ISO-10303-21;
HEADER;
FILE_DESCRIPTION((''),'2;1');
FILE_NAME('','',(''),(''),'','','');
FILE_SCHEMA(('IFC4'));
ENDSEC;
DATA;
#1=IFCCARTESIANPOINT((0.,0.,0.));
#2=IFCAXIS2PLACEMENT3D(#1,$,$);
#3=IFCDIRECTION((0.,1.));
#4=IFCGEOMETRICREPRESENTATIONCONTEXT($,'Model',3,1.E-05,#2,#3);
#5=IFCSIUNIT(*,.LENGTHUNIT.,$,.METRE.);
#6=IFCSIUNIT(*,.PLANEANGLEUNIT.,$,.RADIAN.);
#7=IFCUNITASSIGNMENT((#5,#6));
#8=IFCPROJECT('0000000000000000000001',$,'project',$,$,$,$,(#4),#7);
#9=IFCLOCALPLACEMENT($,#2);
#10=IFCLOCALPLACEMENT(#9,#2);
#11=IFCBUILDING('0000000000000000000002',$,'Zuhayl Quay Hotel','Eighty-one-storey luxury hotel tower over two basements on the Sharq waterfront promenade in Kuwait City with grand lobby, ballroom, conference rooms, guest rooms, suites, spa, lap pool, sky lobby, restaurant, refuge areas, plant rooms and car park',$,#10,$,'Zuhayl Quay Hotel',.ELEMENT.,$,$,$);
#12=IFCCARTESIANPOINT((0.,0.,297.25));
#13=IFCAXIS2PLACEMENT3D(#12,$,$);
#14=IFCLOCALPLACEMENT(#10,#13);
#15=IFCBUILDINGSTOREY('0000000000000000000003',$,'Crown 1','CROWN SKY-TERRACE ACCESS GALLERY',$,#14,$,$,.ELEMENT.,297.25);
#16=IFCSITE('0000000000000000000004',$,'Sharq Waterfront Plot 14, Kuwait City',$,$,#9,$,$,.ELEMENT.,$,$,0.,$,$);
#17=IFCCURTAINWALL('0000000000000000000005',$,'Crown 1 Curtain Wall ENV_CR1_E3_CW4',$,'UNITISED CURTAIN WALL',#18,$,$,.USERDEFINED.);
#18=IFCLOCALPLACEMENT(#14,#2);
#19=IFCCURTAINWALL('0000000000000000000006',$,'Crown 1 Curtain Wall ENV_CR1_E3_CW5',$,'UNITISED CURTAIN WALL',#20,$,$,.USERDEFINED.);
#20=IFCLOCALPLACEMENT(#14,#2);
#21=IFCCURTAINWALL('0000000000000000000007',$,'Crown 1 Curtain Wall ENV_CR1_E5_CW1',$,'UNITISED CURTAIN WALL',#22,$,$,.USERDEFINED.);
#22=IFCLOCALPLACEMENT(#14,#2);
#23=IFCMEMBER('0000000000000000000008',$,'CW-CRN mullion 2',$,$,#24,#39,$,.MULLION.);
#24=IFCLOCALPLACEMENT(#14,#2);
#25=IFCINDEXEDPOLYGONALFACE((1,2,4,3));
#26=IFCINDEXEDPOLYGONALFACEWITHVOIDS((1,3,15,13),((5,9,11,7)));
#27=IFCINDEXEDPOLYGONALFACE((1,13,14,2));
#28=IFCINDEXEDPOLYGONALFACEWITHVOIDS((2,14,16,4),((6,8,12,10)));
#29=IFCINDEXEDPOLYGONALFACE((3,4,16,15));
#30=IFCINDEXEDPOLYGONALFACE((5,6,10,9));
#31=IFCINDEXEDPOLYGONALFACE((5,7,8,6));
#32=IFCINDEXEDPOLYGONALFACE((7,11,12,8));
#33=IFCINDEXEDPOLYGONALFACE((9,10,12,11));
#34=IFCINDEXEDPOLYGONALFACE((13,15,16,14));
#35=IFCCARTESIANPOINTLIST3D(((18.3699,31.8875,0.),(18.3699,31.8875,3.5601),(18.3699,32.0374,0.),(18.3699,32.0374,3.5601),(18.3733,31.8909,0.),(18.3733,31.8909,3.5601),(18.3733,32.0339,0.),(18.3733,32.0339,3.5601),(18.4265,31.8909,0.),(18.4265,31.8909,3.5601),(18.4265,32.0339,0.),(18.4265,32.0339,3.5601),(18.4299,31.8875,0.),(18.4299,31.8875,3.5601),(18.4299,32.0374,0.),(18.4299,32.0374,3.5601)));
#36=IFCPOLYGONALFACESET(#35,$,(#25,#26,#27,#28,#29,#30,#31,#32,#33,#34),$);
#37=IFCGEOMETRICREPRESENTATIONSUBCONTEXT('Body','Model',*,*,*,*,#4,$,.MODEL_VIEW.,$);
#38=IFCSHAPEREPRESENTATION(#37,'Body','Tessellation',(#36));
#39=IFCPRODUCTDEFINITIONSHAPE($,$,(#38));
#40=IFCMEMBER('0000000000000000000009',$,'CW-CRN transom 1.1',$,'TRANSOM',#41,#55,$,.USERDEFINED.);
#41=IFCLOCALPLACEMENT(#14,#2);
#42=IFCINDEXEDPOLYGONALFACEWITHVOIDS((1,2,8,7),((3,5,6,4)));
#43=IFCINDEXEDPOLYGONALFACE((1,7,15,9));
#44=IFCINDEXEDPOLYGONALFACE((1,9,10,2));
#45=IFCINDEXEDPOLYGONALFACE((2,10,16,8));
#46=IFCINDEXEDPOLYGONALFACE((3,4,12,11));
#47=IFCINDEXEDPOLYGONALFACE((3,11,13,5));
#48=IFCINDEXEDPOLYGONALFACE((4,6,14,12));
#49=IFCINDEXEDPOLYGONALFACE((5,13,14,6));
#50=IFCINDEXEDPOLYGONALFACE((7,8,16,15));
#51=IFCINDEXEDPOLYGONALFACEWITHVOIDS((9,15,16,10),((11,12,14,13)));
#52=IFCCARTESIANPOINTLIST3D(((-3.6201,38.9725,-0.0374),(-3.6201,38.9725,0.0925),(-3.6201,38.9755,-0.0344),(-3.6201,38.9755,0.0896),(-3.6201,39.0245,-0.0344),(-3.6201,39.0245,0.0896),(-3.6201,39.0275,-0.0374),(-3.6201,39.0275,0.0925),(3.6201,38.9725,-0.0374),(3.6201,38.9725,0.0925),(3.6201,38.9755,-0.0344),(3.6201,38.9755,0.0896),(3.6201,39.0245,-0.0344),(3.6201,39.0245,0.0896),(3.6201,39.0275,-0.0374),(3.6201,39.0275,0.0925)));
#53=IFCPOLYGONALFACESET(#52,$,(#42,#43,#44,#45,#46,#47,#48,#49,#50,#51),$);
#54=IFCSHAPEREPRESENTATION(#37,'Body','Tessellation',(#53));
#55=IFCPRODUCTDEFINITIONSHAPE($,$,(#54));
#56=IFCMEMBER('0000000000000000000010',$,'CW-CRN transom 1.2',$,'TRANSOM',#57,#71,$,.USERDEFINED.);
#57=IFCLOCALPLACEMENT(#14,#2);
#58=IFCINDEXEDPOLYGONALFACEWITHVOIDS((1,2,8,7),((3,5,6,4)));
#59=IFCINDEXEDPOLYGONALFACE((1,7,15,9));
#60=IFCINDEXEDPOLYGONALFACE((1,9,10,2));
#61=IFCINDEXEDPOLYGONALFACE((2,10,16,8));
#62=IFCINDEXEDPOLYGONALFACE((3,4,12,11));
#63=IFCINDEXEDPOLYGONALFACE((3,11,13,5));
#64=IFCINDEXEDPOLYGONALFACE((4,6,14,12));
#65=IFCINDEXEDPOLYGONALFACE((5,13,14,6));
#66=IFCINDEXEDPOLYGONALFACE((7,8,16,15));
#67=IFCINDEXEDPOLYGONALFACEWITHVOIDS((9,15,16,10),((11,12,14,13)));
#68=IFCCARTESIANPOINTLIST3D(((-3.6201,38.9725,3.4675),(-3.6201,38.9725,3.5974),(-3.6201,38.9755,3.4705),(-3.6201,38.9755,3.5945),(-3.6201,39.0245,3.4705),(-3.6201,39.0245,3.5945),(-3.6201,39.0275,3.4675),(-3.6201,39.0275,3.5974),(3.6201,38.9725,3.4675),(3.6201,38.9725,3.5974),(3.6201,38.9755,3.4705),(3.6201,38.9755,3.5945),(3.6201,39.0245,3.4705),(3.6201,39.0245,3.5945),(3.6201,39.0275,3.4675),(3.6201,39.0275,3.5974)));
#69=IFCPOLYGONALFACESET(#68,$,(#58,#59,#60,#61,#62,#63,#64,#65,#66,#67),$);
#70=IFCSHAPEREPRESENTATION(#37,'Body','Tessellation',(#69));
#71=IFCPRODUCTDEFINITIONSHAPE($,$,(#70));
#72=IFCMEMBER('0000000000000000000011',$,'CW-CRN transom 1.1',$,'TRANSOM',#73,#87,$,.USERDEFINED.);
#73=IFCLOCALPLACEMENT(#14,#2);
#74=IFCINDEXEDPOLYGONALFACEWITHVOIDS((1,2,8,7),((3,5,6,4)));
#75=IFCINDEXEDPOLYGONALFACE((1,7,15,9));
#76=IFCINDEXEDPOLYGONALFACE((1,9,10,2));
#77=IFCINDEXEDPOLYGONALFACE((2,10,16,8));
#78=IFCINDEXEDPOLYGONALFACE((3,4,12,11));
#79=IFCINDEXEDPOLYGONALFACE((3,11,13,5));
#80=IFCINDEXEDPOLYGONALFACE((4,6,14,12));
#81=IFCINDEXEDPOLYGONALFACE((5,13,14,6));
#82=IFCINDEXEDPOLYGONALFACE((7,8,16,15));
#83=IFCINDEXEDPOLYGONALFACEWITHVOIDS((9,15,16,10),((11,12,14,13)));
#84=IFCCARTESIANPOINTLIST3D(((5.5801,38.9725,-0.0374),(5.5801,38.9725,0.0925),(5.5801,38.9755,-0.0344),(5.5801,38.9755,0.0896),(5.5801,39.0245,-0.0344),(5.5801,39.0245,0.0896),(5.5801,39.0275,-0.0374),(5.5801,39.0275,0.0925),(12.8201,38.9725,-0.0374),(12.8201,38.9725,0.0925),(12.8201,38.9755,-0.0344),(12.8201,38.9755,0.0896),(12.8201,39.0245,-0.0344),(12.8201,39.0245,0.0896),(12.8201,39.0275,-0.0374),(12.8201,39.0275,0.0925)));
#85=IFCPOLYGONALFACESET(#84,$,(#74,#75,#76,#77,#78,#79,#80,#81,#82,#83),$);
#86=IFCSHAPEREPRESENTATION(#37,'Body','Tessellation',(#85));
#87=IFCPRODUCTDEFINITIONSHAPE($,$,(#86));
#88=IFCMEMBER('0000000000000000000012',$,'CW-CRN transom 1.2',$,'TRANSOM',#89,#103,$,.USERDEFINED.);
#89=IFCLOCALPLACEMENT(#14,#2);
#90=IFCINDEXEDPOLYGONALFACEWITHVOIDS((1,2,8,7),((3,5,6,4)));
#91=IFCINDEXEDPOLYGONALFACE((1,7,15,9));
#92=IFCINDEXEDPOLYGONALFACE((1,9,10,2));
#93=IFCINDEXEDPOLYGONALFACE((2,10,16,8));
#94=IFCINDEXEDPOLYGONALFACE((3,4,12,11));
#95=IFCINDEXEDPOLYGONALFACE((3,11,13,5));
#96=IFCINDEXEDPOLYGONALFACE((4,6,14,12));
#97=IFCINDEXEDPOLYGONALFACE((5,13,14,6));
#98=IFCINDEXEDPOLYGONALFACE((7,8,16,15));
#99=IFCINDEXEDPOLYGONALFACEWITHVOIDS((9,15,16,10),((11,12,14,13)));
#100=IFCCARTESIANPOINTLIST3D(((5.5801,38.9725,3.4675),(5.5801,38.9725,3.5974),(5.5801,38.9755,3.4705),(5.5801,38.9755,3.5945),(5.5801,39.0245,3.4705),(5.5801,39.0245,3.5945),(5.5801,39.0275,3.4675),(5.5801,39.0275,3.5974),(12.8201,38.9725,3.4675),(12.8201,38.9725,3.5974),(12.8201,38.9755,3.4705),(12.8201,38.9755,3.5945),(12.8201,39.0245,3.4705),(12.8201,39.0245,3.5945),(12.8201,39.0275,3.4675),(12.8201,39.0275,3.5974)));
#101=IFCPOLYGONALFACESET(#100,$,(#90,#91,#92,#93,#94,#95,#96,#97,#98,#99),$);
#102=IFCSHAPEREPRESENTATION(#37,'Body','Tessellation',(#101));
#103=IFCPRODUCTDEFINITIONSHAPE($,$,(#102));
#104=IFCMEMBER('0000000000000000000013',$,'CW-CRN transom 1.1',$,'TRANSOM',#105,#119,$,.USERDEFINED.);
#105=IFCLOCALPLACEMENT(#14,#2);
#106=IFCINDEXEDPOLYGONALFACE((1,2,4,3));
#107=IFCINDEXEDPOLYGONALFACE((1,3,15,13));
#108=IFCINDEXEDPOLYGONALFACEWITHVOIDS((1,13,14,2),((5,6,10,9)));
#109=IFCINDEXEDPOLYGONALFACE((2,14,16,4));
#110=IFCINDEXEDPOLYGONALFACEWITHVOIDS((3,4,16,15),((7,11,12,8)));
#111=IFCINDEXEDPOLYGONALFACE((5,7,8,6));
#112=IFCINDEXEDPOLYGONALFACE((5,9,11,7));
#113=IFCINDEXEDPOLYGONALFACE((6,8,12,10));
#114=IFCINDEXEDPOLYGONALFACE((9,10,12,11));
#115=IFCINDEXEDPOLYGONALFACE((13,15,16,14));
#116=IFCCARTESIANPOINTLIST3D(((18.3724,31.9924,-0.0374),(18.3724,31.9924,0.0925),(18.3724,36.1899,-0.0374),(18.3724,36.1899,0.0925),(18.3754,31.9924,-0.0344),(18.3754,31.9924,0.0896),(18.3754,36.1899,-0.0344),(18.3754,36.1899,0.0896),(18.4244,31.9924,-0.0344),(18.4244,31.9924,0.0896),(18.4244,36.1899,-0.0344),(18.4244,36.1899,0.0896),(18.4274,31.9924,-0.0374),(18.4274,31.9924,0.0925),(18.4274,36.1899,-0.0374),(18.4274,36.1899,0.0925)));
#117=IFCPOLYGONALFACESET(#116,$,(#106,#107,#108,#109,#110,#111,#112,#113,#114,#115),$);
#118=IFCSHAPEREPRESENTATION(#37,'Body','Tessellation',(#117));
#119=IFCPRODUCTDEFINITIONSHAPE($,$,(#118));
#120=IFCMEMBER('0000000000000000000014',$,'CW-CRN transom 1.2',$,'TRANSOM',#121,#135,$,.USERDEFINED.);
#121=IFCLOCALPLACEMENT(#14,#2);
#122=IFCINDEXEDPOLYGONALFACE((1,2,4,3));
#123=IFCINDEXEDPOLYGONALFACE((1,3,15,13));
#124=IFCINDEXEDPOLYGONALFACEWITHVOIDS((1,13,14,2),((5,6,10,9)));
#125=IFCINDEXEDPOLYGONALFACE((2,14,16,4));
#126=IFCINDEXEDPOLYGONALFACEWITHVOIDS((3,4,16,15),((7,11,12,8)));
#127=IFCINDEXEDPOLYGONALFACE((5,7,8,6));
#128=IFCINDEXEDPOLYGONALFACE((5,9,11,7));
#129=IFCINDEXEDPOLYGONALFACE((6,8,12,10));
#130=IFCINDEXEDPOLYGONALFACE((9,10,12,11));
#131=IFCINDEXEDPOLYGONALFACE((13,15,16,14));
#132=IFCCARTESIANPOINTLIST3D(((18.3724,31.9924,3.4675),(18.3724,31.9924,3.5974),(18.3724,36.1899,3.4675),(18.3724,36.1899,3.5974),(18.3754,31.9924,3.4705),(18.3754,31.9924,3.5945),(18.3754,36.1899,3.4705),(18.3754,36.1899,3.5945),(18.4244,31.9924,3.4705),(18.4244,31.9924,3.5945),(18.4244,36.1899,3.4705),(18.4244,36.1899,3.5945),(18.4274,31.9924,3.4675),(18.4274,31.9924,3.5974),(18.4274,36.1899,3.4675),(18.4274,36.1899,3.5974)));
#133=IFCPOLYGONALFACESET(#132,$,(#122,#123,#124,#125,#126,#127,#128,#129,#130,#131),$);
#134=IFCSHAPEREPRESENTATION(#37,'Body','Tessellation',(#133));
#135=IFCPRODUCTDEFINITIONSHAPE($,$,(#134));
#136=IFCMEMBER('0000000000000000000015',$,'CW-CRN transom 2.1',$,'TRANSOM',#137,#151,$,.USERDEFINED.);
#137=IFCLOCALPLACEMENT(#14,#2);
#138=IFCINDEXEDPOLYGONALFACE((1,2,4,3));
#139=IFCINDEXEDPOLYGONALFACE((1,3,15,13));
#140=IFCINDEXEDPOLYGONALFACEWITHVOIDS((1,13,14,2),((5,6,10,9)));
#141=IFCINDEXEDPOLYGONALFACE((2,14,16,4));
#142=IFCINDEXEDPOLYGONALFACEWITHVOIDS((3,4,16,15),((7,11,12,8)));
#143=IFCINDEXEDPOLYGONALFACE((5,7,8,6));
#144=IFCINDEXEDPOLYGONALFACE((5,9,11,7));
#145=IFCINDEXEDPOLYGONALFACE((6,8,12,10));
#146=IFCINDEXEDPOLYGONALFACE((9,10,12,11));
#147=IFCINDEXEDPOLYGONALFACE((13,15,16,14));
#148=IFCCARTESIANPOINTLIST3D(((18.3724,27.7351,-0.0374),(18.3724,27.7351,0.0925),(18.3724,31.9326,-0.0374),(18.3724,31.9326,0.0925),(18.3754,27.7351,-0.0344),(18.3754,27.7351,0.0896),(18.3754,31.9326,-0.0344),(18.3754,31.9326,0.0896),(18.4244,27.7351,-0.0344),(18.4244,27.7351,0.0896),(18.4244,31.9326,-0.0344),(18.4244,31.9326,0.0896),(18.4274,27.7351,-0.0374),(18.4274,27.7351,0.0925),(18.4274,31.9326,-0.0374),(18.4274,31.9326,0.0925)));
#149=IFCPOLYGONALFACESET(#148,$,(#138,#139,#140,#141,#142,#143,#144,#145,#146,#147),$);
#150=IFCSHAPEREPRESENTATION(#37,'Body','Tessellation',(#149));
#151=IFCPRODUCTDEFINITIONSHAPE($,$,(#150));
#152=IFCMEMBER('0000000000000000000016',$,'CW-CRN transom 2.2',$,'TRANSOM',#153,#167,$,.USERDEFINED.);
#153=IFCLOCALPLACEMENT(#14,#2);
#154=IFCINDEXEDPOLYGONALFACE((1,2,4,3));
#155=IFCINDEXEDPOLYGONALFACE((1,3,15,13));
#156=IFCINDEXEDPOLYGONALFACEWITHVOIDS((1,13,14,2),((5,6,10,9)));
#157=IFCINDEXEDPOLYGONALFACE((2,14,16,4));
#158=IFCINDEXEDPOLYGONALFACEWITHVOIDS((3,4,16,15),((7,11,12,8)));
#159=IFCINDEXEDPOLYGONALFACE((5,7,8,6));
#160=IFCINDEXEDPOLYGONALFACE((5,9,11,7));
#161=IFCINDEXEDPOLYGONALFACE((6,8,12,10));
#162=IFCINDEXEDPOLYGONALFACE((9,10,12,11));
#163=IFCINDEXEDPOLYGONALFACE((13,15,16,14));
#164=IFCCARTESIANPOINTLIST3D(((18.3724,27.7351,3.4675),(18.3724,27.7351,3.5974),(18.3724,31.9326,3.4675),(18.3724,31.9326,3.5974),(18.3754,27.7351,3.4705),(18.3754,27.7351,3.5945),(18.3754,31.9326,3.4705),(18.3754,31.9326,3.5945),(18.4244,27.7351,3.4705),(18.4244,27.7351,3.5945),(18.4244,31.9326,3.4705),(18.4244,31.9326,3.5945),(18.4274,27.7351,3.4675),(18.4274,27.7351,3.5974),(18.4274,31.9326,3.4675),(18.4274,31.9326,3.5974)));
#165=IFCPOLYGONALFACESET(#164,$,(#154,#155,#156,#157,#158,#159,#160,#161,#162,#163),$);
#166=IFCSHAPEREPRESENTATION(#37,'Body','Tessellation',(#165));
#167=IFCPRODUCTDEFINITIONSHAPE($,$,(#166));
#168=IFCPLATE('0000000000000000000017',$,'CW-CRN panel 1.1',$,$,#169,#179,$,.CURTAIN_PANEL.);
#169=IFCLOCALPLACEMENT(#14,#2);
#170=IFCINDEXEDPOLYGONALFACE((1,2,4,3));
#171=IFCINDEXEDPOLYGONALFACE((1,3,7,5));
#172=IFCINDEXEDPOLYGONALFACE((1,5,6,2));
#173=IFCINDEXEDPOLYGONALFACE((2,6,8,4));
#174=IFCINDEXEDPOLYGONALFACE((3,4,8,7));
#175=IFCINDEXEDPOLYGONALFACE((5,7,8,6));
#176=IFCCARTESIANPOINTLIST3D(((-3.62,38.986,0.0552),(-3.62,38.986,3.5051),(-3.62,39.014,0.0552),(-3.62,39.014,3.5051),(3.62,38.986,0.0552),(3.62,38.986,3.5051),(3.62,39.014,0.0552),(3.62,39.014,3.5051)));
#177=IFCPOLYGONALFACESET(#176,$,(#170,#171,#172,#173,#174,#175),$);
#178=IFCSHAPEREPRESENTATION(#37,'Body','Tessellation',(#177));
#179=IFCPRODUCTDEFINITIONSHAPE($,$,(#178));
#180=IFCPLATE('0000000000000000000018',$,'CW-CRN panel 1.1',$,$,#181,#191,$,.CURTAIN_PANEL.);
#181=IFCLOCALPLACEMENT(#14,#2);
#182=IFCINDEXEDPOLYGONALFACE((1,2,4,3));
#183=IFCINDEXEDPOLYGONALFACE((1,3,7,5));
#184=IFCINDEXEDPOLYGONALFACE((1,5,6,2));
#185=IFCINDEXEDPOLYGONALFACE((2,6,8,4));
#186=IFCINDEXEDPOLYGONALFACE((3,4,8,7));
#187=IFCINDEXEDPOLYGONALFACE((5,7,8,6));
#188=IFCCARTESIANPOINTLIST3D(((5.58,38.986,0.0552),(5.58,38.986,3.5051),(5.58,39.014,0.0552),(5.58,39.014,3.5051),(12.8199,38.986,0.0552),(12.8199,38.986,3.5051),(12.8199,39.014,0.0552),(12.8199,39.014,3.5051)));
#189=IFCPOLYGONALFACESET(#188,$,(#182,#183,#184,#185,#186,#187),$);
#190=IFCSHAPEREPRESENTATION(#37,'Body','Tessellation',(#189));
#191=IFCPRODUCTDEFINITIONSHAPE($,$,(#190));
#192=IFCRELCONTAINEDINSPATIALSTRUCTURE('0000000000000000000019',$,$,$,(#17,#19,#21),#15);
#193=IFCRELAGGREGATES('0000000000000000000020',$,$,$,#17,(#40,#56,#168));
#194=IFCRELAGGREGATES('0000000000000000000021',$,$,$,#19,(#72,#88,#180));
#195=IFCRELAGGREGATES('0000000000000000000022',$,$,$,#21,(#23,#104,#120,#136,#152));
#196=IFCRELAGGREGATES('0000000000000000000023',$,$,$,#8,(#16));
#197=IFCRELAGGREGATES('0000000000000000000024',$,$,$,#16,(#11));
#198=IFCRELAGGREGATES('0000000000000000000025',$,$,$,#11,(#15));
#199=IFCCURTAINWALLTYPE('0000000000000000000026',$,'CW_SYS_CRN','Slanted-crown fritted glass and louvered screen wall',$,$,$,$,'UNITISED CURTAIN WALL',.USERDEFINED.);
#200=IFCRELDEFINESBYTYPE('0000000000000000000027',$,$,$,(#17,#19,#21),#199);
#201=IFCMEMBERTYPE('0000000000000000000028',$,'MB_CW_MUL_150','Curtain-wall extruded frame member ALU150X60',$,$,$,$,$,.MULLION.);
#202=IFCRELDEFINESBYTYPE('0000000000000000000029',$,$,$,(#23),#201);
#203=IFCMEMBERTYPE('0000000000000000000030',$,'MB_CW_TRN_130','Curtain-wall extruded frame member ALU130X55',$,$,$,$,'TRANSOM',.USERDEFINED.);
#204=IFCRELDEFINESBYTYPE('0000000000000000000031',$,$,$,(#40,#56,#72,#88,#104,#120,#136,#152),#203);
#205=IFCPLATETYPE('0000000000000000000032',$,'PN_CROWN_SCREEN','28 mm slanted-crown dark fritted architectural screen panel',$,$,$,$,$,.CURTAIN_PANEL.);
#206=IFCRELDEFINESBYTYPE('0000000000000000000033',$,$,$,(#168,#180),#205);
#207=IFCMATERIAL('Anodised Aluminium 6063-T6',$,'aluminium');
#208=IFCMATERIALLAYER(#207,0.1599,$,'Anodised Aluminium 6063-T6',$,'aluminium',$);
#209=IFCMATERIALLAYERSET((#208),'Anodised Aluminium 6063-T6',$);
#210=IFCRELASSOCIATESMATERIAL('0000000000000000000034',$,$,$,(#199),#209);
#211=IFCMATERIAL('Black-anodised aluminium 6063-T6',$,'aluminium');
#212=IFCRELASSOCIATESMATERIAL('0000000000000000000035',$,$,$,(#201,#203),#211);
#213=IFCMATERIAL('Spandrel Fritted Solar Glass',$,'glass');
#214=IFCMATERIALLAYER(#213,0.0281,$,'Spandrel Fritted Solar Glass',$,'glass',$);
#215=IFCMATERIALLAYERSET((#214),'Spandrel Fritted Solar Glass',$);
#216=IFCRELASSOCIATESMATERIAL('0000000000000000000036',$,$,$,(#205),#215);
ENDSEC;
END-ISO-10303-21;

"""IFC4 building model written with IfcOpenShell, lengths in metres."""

from ifc_helpers import new_model, si_unit, direction, frame, origin, origin_2d, place, context, subcontext, project, spatial, rectangle, hollow_rectangle, extrude, material, layer, layer_set, material_profile, profile_set, type_object, element, aggregate, save


model = new_model("IFC4")

# Units and contexts
model_context = context("Model", 3, precision=1e-05, world=origin(), true_north=direction((0.0, 1.0)))
body_context = subcontext(model_context, "Body", "Model", "MODEL_VIEW")
ifc_project = project(units=[si_unit("LENGTHUNIT", "METRE"), si_unit("PLANEANGLEUNIT", "RADIAN")], contexts=[model_context])

# Site, building, storey
site_placement = place(None, origin())
site = spatial("IfcSite", under=ifc_project, at=site_placement, Name="Sharq Waterfront Plot 14, Kuwait City", CompositionType="ELEMENT", RefElevation=0.0)
building_placement = place(site_placement, origin())
building = spatial("IfcBuilding", under=site, at=building_placement, Name="Zuhayl Quay Hotel", Description="Eighty-one-storey luxury hotel tower over two basements on the Sharq waterfront promenade in Kuwait City with grand lobby, ballroom, conference rooms, guest rooms, suites, spa, lap pool, sky lobby, restaurant, refuge areas, plant rooms and car park", LongName="Zuhayl Quay Hotel", CompositionType="ELEMENT")
storey_placement = place(building_placement, frame((0.0, 0.0, 297.25)))
storey = spatial("IfcBuildingStorey", under=building, at=storey_placement, Name="Crown 1", Description="CROWN SKY-TERRACE ACCESS GALLERY", CompositionType="ELEMENT", Elevation=297.25)

# Curtain walls, member
ifc_material_1 = material(Name="Anodised Aluminium 6063-T6", Category="aluminium")
ifc_layer_1 = layer(ifc_material_1, 0.1599, Name="Anodised Aluminium 6063-T6", Category="aluminium")
ifc_layer_set_1 = layer_set([ifc_layer_1], Name="Anodised Aluminium 6063-T6")
curtain_wall_type = type_object("IfcCurtainWallType", Name="CW_SYS_CRN", Description="Slanted-crown fritted glass and louvered screen wall", ElementType="UNITISED CURTAIN WALL", PredefinedType="USERDEFINED", material=ifc_layer_set_1)
curtain_wall_1_placement = place(storey_placement, origin())
curtain_wall_1 = element("IfcCurtainWall", 1, at=curtain_wall_1_placement, inside=storey, type_object=curtain_wall_type, Name="Crown 1 Curtain Wall ENV_CR1_E3_CW4", ObjectType="UNITISED CURTAIN WALL", PredefinedType="USERDEFINED")
ifc_material_2 = material(Name="Black-anodised aluminium 6063-T6", Category="aluminium")
ifc_material_profile_1 = material_profile(ifc_material_2, hollow_rectangle(XDim=0.0601, YDim=0.1499, WallThickness=0.0034, at=origin_2d()), Name="ALU150X60")
ifc_profile_set_1 = profile_set([ifc_material_profile_1], Name="Black-anodised aluminium 6063-T6")
member_type_1 = type_object("IfcMemberType", Name="MB_CW_MUL_150", Description="Curtain-wall extruded frame member ALU150X60", PredefinedType="MULLION", material=ifc_profile_set_1)
curtain_wall_2_placement = place(storey_placement, origin())
curtain_wall_2 = element("IfcCurtainWall", 2, at=curtain_wall_2_placement, inside=storey, type_object=curtain_wall_type, Name="Crown 1 Curtain Wall ENV_CR1_E3_CW5", ObjectType="UNITISED CURTAIN WALL", PredefinedType="USERDEFINED")
curtain_wall_3_placement = place(storey_placement, origin())
curtain_wall_3 = element("IfcCurtainWall", 3, at=curtain_wall_3_placement, inside=storey, type_object=curtain_wall_type, Name="Crown 1 Curtain Wall ENV_CR1_E5_CW1", ObjectType="UNITISED CURTAIN WALL", PredefinedType="USERDEFINED")
member_1_placement = place(storey_placement, frame((18.3999, 31.9624, 0.0), z_axis=(0.0, 0.0, 1.0), x_axis=(1.0, 0.0, 0.0)))
member_1 = element("IfcMember", 4, at=member_1_placement, type_object=member_type_1, Name="CW-CRN mullion 2", PredefinedType="MULLION", context=body_context, shape_type="SweptSolid", body=[
    extrude(hollow_rectangle(XDim=0.0601, YDim=0.1499, WallThickness=0.0034, at=origin_2d()), origin(), (0.0, 0.0, 1.0), 3.5601),
])

# Members
ifc_material_profile_2 = material_profile(ifc_material_2, hollow_rectangle(XDim=0.0549, YDim=0.1299, WallThickness=0.0029, at=origin_2d()), Name="ALU130X55")
ifc_profile_set_2 = profile_set([ifc_material_profile_2], Name="Black-anodised aluminium 6063-T6")
member_type_2 = type_object("IfcMemberType", Name="MB_CW_TRN_130", Description="Curtain-wall extruded frame member ALU130X55", ElementType="TRANSOM", PredefinedType="USERDEFINED", material=ifc_profile_set_2)
member_2_placement = place(storey_placement, frame((-3.6201, 39.0, 0.0276), z_axis=(1.0, 0.0, 0.0), x_axis=(0.0, 1.0, 0.0)))
member_2 = element("IfcMember", 5, at=member_2_placement, type_object=member_type_2, Name="CW-CRN transom 1.1", ObjectType="TRANSOM", PredefinedType="USERDEFINED", context=body_context, shape_type="SweptSolid", body=[
    extrude(hollow_rectangle(XDim=0.0549, YDim=0.1299, WallThickness=0.0029, at=origin_2d()), origin(), (0.0, 0.0, 1.0), 7.2402),
])
member_3_placement = place(storey_placement, frame((-3.6201, 39.0, 3.5325), z_axis=(1.0, 0.0, 0.0), x_axis=(0.0, 1.0, 0.0)))
member_3 = element("IfcMember", 6, at=member_3_placement, type_object=member_type_2, Name="CW-CRN transom 1.2", ObjectType="TRANSOM", PredefinedType="USERDEFINED", context=body_context, shape_type="SweptSolid", body=[
    extrude(hollow_rectangle(XDim=0.0549, YDim=0.1299, WallThickness=0.0029, at=origin_2d()), origin(), (0.0, 0.0, 1.0), 7.2402),
])
member_4_placement = place(storey_placement, frame((5.5801, 39.0, 0.0276), z_axis=(1.0, 0.0, 0.0), x_axis=(0.0, 1.0, 0.0)))
member_4 = element("IfcMember", 7, at=member_4_placement, type_object=member_type_2, Name="CW-CRN transom 1.1", ObjectType="TRANSOM", PredefinedType="USERDEFINED", context=body_context, shape_type="SweptSolid", body=[
    extrude(hollow_rectangle(XDim=0.0549, YDim=0.1299, WallThickness=0.0029, at=origin_2d()), origin(), (0.0, 0.0, 1.0), 7.24),
])
member_5_placement = place(storey_placement, frame((5.5801, 39.0, 3.5325), z_axis=(1.0, 0.0, 0.0), x_axis=(0.0, 1.0, 0.0)))
member_5 = element("IfcMember", 8, at=member_5_placement, type_object=member_type_2, Name="CW-CRN transom 1.2", ObjectType="TRANSOM", PredefinedType="USERDEFINED", context=body_context, shape_type="SweptSolid", body=[
    extrude(hollow_rectangle(XDim=0.0549, YDim=0.1299, WallThickness=0.0029, at=origin_2d()), origin(), (0.0, 0.0, 1.0), 7.24),
])
member_6_placement = place(storey_placement, frame((18.3999, 36.1899, 0.0276), z_axis=(0.0, -1.0, 0.0), x_axis=(1.0, 0.0, 0.0)))
member_6 = element("IfcMember", 9, at=member_6_placement, type_object=member_type_2, Name="CW-CRN transom 1.1", ObjectType="TRANSOM", PredefinedType="USERDEFINED", context=body_context, shape_type="SweptSolid", body=[
    extrude(hollow_rectangle(XDim=0.0549, YDim=0.1299, WallThickness=0.0029, at=origin_2d()), origin(), (0.0, 0.0, 1.0), 4.1975),
])
member_7_placement = place(storey_placement, frame((18.3999, 36.1899, 3.5325), z_axis=(0.0, -1.0, 0.0), x_axis=(1.0, 0.0, 0.0)))
member_7 = element("IfcMember", 10, at=member_7_placement, type_object=member_type_2, Name="CW-CRN transom 1.2", ObjectType="TRANSOM", PredefinedType="USERDEFINED", context=body_context, shape_type="SweptSolid", body=[
    extrude(hollow_rectangle(XDim=0.0549, YDim=0.1299, WallThickness=0.0029, at=origin_2d()), origin(), (0.0, 0.0, 1.0), 4.1975),
])
member_8_placement = place(storey_placement, frame((18.3999, 31.9326, 0.0276), z_axis=(0.0, -1.0, 0.0), x_axis=(1.0, 0.0, 0.0)))
member_8 = element("IfcMember", 11, at=member_8_placement, type_object=member_type_2, Name="CW-CRN transom 2.1", ObjectType="TRANSOM", PredefinedType="USERDEFINED", context=body_context, shape_type="SweptSolid", body=[
    extrude(hollow_rectangle(XDim=0.0549, YDim=0.1299, WallThickness=0.0029, at=origin_2d()), origin(), (0.0, 0.0, 1.0), 4.1975),
])
member_9_placement = place(storey_placement, frame((18.3999, 31.9326, 3.5325), z_axis=(0.0, -1.0, 0.0), x_axis=(1.0, 0.0, 0.0)))
member_9 = element("IfcMember", 12, at=member_9_placement, type_object=member_type_2, Name="CW-CRN transom 2.2", ObjectType="TRANSOM", PredefinedType="USERDEFINED", context=body_context, shape_type="SweptSolid", body=[
    extrude(hollow_rectangle(XDim=0.0549, YDim=0.1299, WallThickness=0.0029, at=origin_2d()), origin(), (0.0, 0.0, 1.0), 4.1975),
])

# Plates
ifc_material_3 = material(Name="Spandrel Fritted Solar Glass", Category="glass")
ifc_layer_2 = layer(ifc_material_3, 0.0281, Name="Spandrel Fritted Solar Glass", Category="glass")
ifc_layer_set_2 = layer_set([ifc_layer_2], Name="Spandrel Fritted Solar Glass")
plate_type = type_object("IfcPlateType", Name="PN_CROWN_SCREEN", Description="28 mm slanted-crown dark fritted architectural screen panel", PredefinedType="CURTAIN_PANEL", material=ifc_layer_set_2)
plate_1_placement = place(storey_placement, frame((0.0, 39.0, 0.0552), z_axis=(0.0, 0.0, 1.0), x_axis=(1.0, 0.0, 0.0)))
plate_1 = element("IfcPlate", 13, at=plate_1_placement, type_object=plate_type, Name="CW-CRN panel 1.1", PredefinedType="CURTAIN_PANEL", context=body_context, shape_type="SweptSolid", body=[
    extrude(rectangle(XDim=7.24, YDim=0.0281, at=origin_2d()), origin(), (0.0, 0.0, 1.0), 3.45),
])
aggregate(curtain_wall_1, [member_2, member_3, plate_1])
plate_2_placement = place(storey_placement, frame((9.2, 39.0, 0.0552), z_axis=(0.0, 0.0, 1.0), x_axis=(1.0, 0.0, 0.0)))
plate_2 = element("IfcPlate", 14, at=plate_2_placement, type_object=plate_type, Name="CW-CRN panel 1.1", PredefinedType="CURTAIN_PANEL", context=body_context, shape_type="SweptSolid", body=[
    extrude(rectangle(XDim=7.24, YDim=0.0281, at=origin_2d()), origin(), (0.0, 0.0, 1.0), 3.45),
])
aggregate(curtain_wall_2, [member_4, member_5, plate_2])
aggregate(curtain_wall_3, [member_1, member_6, member_7, member_8, member_9])

save(model, "model.ifc")
